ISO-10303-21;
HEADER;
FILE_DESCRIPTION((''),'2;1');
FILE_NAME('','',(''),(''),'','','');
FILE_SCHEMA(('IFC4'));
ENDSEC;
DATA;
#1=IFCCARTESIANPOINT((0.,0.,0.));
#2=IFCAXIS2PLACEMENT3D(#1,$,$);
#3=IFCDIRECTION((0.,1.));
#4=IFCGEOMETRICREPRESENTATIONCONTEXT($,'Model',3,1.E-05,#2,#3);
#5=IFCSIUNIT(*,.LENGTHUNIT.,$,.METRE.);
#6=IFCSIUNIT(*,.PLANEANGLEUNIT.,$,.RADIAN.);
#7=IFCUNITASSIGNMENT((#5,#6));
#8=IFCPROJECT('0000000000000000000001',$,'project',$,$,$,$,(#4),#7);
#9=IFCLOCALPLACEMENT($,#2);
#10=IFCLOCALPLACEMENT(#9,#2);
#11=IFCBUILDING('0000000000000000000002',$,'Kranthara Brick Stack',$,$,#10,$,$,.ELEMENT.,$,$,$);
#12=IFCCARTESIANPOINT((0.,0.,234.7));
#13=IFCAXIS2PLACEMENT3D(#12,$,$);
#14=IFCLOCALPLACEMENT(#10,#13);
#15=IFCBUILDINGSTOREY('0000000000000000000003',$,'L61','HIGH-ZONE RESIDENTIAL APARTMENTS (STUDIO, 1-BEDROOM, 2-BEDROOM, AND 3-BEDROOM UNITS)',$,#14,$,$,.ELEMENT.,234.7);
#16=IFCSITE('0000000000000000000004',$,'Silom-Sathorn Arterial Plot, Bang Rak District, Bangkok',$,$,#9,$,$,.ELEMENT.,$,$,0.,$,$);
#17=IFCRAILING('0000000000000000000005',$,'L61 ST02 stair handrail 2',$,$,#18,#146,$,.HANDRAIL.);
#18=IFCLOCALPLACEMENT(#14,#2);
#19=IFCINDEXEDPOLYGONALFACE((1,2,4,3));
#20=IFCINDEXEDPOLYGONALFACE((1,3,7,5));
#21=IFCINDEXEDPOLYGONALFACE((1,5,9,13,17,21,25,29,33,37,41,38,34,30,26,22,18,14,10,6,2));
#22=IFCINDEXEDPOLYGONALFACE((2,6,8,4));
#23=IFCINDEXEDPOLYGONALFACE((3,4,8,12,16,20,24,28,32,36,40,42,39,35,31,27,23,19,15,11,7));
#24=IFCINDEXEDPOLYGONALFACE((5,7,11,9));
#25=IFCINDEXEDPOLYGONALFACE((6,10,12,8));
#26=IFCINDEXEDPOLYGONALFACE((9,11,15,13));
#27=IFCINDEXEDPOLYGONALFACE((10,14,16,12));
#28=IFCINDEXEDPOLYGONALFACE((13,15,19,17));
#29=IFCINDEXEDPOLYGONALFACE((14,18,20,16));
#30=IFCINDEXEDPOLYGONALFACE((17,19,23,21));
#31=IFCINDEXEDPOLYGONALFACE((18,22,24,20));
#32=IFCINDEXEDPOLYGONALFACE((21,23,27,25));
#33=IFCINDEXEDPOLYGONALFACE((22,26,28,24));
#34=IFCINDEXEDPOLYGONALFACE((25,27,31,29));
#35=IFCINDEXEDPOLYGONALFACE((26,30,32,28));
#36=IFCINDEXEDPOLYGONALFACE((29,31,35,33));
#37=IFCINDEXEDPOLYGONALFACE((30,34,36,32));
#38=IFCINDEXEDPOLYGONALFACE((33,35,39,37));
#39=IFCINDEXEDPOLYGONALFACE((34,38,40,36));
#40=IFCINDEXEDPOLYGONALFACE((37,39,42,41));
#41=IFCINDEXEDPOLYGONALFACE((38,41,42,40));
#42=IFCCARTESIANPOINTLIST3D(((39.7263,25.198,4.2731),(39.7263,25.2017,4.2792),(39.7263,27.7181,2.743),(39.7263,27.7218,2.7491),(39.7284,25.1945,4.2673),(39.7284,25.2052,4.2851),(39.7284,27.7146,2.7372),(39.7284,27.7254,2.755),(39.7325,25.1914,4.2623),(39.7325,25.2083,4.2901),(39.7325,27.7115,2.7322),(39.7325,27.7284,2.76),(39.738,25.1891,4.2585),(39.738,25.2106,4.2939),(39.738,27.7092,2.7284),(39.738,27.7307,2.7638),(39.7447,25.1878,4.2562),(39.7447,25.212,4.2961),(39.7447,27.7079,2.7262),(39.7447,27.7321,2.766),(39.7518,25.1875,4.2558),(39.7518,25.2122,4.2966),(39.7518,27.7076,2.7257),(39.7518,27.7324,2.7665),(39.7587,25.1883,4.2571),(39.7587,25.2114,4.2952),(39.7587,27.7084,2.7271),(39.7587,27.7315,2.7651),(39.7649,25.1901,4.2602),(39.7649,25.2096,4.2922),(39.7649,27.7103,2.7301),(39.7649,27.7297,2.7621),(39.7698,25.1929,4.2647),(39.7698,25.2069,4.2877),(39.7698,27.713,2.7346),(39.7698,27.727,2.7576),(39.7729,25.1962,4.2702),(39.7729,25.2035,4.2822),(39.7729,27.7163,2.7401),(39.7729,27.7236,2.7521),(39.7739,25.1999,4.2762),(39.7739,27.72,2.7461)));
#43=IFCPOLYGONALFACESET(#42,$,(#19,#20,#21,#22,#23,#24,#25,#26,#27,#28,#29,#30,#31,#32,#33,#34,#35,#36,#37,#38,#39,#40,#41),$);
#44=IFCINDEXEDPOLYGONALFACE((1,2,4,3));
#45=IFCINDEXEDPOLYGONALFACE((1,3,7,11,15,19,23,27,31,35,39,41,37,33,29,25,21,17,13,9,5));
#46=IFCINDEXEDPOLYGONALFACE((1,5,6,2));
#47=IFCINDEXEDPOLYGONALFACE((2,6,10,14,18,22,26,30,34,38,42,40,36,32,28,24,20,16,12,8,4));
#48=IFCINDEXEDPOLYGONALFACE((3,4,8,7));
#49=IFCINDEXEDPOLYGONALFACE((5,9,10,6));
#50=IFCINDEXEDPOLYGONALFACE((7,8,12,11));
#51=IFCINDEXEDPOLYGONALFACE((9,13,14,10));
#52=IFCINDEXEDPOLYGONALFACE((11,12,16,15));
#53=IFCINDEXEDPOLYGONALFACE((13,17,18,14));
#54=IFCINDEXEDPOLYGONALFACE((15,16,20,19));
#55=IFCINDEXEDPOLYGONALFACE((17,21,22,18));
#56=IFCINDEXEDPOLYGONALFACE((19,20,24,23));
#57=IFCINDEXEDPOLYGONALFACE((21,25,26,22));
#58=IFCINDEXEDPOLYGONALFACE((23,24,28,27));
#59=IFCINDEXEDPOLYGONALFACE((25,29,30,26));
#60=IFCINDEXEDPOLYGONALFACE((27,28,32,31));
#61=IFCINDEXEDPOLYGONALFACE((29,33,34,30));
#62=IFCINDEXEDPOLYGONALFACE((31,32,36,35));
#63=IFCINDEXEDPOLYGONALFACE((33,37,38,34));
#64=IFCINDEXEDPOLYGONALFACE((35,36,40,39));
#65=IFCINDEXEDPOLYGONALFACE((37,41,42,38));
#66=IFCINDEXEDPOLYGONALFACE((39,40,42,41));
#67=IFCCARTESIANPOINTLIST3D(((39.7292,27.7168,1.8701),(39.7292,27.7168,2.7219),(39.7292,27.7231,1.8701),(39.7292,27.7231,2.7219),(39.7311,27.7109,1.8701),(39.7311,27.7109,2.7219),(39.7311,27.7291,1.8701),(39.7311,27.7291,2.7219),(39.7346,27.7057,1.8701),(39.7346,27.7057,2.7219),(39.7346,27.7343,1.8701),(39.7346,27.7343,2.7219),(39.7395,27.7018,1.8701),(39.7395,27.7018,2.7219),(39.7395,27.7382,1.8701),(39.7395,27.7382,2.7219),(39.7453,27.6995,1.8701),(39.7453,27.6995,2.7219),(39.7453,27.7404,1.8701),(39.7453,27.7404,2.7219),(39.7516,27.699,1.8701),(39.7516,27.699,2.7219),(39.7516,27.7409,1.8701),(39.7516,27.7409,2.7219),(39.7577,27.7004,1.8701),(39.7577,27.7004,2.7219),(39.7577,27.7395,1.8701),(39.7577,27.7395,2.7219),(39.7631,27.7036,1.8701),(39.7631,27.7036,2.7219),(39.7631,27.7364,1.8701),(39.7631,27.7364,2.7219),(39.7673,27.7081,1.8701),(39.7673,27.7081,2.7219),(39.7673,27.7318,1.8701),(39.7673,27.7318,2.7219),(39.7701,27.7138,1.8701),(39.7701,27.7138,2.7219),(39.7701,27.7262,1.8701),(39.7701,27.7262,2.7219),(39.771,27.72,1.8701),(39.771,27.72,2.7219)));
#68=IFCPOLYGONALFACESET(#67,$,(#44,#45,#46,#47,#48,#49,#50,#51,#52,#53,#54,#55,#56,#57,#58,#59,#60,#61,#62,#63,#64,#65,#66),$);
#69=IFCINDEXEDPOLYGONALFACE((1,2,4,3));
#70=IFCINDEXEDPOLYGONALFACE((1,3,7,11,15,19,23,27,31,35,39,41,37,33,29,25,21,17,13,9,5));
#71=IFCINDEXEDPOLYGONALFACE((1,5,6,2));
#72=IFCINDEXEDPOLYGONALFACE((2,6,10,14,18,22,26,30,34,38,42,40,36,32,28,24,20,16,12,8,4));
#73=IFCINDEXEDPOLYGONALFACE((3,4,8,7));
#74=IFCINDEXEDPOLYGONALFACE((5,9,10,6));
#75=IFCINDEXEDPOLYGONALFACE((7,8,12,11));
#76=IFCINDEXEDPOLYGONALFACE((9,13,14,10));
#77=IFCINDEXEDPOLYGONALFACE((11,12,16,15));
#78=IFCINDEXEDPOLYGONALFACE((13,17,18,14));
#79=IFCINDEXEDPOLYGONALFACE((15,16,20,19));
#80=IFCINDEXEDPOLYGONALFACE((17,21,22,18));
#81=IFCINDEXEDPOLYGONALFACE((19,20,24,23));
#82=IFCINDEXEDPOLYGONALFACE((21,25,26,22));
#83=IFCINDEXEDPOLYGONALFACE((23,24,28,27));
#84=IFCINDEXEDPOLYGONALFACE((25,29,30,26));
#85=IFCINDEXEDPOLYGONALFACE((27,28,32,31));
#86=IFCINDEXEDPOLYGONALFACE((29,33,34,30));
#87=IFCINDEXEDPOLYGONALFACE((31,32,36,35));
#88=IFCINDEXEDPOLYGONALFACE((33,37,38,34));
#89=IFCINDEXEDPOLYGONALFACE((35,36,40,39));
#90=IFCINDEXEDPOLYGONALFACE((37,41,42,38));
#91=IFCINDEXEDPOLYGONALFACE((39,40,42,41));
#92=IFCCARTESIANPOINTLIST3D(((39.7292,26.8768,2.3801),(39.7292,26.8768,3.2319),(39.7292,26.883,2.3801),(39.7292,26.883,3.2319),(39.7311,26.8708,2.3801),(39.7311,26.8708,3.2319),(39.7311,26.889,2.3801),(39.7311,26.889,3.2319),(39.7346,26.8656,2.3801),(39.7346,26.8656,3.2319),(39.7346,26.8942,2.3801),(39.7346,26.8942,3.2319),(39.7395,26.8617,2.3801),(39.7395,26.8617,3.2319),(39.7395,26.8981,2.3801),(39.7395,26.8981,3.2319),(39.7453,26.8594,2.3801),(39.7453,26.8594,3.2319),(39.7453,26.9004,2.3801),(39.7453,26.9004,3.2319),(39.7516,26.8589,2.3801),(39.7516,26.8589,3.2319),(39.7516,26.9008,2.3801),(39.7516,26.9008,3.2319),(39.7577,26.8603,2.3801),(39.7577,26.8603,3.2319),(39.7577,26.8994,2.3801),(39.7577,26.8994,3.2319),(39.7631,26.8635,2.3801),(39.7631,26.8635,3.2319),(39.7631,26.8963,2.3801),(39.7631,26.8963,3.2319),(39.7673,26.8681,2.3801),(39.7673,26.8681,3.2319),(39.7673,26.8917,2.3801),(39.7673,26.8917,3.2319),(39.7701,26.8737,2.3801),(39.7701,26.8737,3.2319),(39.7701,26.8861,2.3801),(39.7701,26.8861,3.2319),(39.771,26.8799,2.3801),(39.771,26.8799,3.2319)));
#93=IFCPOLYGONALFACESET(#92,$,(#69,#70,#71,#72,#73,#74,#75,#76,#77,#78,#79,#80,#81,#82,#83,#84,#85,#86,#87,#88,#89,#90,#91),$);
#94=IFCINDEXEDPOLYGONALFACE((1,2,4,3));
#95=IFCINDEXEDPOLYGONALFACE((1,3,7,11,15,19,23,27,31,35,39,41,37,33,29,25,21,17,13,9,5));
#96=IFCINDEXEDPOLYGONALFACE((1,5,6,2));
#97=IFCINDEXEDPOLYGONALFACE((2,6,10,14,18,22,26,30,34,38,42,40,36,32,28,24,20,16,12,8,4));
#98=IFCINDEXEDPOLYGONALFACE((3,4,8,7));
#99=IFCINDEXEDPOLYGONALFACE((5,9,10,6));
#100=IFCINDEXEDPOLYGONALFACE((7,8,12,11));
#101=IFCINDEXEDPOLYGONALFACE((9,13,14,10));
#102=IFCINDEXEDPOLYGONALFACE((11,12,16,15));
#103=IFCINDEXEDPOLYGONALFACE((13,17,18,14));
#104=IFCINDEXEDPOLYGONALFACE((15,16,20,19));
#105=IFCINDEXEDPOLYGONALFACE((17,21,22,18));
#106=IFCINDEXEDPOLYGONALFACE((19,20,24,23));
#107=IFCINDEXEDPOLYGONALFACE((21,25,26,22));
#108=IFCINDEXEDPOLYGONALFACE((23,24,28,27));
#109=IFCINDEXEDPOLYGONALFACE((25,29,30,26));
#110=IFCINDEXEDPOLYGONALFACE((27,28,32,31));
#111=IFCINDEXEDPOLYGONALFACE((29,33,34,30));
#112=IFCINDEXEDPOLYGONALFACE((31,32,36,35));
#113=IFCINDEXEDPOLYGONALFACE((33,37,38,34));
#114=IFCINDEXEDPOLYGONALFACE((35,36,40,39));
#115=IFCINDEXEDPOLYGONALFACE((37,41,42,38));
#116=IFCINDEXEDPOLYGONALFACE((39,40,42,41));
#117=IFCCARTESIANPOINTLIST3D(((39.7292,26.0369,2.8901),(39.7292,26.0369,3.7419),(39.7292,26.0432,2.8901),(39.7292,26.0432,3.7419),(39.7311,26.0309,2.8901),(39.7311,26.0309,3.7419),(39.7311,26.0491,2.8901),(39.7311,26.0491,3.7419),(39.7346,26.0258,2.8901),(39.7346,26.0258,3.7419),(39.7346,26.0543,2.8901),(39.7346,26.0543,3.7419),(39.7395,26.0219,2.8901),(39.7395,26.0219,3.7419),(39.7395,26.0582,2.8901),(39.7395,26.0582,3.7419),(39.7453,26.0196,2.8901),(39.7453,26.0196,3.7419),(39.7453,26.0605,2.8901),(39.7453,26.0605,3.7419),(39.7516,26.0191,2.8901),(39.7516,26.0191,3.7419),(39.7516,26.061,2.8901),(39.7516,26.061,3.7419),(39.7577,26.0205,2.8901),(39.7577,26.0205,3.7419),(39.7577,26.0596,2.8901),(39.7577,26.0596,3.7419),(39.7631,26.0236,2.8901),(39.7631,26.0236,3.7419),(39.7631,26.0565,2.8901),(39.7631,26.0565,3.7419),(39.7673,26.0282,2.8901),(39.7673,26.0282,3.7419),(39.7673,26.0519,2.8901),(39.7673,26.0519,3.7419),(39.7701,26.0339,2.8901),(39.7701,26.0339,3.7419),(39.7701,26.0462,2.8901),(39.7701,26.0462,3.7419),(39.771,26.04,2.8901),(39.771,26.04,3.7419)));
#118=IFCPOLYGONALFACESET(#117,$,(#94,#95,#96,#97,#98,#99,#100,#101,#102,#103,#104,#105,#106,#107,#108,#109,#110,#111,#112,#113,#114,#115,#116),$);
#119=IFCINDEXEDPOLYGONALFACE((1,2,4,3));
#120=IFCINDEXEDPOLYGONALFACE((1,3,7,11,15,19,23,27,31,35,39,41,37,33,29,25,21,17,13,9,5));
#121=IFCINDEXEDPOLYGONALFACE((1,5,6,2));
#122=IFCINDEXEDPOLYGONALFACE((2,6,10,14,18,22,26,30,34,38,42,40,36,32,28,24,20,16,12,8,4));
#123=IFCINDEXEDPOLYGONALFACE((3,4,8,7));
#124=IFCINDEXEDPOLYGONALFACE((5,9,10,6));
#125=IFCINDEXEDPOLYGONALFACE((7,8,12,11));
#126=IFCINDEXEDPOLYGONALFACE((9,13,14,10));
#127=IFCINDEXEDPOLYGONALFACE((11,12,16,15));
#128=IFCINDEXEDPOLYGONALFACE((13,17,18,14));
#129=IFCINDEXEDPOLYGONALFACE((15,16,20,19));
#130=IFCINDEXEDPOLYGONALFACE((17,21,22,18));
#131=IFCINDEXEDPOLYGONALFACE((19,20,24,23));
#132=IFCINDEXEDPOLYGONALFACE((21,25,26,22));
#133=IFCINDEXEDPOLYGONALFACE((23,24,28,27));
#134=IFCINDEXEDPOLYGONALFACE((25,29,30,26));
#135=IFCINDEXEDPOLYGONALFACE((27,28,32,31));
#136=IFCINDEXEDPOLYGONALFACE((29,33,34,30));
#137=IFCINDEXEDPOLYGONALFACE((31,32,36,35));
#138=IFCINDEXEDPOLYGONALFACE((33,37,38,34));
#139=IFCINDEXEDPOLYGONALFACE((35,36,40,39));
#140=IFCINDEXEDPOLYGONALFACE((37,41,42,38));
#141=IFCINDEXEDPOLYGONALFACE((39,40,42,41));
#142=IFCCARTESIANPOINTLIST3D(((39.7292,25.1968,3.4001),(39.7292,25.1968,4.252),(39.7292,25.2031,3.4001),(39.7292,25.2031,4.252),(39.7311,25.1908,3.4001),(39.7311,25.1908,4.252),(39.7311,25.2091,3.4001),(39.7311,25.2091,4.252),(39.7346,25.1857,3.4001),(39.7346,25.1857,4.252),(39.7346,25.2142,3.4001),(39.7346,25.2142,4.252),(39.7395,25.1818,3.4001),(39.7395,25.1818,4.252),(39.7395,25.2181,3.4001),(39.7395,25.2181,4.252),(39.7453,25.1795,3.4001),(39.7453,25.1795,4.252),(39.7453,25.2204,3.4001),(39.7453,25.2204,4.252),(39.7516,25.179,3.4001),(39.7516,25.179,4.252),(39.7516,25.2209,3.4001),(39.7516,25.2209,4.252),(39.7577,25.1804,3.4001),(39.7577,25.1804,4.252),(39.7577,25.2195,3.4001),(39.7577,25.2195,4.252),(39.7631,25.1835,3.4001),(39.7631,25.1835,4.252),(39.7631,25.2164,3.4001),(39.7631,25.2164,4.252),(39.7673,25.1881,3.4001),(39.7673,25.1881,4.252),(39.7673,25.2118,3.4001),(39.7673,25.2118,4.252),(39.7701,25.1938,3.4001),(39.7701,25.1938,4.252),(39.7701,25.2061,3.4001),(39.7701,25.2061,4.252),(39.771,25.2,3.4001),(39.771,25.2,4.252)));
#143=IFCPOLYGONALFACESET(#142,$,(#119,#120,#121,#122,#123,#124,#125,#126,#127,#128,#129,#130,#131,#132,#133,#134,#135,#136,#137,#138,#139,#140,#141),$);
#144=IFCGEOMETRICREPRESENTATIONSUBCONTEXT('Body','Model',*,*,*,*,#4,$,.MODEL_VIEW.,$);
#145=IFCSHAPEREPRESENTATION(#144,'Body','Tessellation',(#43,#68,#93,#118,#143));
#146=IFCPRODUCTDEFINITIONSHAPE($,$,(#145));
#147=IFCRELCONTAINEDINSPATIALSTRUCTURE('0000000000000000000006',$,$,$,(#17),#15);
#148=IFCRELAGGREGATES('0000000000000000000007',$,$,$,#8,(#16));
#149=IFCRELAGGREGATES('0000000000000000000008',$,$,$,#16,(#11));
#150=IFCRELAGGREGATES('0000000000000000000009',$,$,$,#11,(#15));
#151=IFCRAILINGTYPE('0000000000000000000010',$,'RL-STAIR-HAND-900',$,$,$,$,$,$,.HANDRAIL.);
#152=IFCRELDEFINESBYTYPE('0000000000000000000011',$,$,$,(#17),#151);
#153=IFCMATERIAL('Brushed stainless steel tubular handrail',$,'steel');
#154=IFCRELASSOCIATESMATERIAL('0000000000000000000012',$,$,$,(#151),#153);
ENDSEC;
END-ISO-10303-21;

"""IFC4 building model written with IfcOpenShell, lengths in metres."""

from ifc_helpers import new_model, si_unit, direction, frame, origin, origin_2d, place, context, subcontext, project, spatial, circle, extrude, material, type_object, element, save


model = new_model("IFC4")

# Units and contexts
model_context = context("Model", 3, precision=1e-05, world=origin(), true_north=direction((0.0, 1.0)))
body_context = subcontext(model_context, "Body", "Model", "MODEL_VIEW")
ifc_project = project(units=[si_unit("LENGTHUNIT", "METRE"), si_unit("PLANEANGLEUNIT", "RADIAN")], contexts=[model_context])

# Site, building, storey
site_placement = place(None, origin())
site = spatial("IfcSite", under=ifc_project, at=site_placement, Name="Silom-Sathorn Arterial Plot, Bang Rak District, Bangkok", CompositionType="ELEMENT", RefElevation=0.0)
building_placement = place(site_placement, origin())
building = spatial("IfcBuilding", under=site, at=building_placement, Name="Kranthara Brick Stack", CompositionType="ELEMENT")
storey_placement = place(building_placement, frame((0.0, 0.0, 234.7)))
storey = spatial("IfcBuildingStorey", under=building, at=storey_placement, Name="L61", Description="HIGH-ZONE RESIDENTIAL APARTMENTS (STUDIO, 1-BEDROOM, 2-BEDROOM, AND 3-BEDROOM UNITS)", CompositionType="ELEMENT", Elevation=234.7)

# Railing
ifc_material_1 = material(Name="Brushed stainless steel tubular handrail", Category="steel")
railing_type_1 = type_object("IfcRailingType", Name="RL-STAIR-HAND-900", PredefinedType="HANDRAIL", material=ifc_material_1)
railing_1_placement = place(storey_placement, frame((39.75, 27.72, 1.8701)))
element("IfcRailing", 1, at=railing_1_placement, inside=storey, type_object=railing_type_1, Name="L61 ST02 stair handrail 2", PredefinedType="HANDRAIL", context=body_context, shape_type="SweptSolid", body=[
    extrude(circle(Radius=0.0239, at=origin_2d()), frame((0.0, 0.0, 0.876), z_axis=(0.0, -0.854785, 0.518982), x_axis=(1.0, 0.0, 0.0)), (0.0, 0.0, 1.0), 2.9482),
    extrude(circle(Radius=0.021, at=origin_2d()), origin(), (0.0, 0.0, 1.0), 0.8518),
    extrude(circle(Radius=0.021, at=origin_2d()), frame((0.0, -0.8401, 0.51)), (0.0, 0.0, 1.0), 0.8518),
    extrude(circle(Radius=0.021, at=origin_2d()), frame((0.0, -1.6799, 1.02)), (0.0, 0.0, 1.0), 0.8518),
    extrude(circle(Radius=0.021, at=origin_2d()), frame((0.0, -2.52, 1.53)), (0.0, 0.0, 1.0), 0.8518),
])

save(model, "model.ifc")
